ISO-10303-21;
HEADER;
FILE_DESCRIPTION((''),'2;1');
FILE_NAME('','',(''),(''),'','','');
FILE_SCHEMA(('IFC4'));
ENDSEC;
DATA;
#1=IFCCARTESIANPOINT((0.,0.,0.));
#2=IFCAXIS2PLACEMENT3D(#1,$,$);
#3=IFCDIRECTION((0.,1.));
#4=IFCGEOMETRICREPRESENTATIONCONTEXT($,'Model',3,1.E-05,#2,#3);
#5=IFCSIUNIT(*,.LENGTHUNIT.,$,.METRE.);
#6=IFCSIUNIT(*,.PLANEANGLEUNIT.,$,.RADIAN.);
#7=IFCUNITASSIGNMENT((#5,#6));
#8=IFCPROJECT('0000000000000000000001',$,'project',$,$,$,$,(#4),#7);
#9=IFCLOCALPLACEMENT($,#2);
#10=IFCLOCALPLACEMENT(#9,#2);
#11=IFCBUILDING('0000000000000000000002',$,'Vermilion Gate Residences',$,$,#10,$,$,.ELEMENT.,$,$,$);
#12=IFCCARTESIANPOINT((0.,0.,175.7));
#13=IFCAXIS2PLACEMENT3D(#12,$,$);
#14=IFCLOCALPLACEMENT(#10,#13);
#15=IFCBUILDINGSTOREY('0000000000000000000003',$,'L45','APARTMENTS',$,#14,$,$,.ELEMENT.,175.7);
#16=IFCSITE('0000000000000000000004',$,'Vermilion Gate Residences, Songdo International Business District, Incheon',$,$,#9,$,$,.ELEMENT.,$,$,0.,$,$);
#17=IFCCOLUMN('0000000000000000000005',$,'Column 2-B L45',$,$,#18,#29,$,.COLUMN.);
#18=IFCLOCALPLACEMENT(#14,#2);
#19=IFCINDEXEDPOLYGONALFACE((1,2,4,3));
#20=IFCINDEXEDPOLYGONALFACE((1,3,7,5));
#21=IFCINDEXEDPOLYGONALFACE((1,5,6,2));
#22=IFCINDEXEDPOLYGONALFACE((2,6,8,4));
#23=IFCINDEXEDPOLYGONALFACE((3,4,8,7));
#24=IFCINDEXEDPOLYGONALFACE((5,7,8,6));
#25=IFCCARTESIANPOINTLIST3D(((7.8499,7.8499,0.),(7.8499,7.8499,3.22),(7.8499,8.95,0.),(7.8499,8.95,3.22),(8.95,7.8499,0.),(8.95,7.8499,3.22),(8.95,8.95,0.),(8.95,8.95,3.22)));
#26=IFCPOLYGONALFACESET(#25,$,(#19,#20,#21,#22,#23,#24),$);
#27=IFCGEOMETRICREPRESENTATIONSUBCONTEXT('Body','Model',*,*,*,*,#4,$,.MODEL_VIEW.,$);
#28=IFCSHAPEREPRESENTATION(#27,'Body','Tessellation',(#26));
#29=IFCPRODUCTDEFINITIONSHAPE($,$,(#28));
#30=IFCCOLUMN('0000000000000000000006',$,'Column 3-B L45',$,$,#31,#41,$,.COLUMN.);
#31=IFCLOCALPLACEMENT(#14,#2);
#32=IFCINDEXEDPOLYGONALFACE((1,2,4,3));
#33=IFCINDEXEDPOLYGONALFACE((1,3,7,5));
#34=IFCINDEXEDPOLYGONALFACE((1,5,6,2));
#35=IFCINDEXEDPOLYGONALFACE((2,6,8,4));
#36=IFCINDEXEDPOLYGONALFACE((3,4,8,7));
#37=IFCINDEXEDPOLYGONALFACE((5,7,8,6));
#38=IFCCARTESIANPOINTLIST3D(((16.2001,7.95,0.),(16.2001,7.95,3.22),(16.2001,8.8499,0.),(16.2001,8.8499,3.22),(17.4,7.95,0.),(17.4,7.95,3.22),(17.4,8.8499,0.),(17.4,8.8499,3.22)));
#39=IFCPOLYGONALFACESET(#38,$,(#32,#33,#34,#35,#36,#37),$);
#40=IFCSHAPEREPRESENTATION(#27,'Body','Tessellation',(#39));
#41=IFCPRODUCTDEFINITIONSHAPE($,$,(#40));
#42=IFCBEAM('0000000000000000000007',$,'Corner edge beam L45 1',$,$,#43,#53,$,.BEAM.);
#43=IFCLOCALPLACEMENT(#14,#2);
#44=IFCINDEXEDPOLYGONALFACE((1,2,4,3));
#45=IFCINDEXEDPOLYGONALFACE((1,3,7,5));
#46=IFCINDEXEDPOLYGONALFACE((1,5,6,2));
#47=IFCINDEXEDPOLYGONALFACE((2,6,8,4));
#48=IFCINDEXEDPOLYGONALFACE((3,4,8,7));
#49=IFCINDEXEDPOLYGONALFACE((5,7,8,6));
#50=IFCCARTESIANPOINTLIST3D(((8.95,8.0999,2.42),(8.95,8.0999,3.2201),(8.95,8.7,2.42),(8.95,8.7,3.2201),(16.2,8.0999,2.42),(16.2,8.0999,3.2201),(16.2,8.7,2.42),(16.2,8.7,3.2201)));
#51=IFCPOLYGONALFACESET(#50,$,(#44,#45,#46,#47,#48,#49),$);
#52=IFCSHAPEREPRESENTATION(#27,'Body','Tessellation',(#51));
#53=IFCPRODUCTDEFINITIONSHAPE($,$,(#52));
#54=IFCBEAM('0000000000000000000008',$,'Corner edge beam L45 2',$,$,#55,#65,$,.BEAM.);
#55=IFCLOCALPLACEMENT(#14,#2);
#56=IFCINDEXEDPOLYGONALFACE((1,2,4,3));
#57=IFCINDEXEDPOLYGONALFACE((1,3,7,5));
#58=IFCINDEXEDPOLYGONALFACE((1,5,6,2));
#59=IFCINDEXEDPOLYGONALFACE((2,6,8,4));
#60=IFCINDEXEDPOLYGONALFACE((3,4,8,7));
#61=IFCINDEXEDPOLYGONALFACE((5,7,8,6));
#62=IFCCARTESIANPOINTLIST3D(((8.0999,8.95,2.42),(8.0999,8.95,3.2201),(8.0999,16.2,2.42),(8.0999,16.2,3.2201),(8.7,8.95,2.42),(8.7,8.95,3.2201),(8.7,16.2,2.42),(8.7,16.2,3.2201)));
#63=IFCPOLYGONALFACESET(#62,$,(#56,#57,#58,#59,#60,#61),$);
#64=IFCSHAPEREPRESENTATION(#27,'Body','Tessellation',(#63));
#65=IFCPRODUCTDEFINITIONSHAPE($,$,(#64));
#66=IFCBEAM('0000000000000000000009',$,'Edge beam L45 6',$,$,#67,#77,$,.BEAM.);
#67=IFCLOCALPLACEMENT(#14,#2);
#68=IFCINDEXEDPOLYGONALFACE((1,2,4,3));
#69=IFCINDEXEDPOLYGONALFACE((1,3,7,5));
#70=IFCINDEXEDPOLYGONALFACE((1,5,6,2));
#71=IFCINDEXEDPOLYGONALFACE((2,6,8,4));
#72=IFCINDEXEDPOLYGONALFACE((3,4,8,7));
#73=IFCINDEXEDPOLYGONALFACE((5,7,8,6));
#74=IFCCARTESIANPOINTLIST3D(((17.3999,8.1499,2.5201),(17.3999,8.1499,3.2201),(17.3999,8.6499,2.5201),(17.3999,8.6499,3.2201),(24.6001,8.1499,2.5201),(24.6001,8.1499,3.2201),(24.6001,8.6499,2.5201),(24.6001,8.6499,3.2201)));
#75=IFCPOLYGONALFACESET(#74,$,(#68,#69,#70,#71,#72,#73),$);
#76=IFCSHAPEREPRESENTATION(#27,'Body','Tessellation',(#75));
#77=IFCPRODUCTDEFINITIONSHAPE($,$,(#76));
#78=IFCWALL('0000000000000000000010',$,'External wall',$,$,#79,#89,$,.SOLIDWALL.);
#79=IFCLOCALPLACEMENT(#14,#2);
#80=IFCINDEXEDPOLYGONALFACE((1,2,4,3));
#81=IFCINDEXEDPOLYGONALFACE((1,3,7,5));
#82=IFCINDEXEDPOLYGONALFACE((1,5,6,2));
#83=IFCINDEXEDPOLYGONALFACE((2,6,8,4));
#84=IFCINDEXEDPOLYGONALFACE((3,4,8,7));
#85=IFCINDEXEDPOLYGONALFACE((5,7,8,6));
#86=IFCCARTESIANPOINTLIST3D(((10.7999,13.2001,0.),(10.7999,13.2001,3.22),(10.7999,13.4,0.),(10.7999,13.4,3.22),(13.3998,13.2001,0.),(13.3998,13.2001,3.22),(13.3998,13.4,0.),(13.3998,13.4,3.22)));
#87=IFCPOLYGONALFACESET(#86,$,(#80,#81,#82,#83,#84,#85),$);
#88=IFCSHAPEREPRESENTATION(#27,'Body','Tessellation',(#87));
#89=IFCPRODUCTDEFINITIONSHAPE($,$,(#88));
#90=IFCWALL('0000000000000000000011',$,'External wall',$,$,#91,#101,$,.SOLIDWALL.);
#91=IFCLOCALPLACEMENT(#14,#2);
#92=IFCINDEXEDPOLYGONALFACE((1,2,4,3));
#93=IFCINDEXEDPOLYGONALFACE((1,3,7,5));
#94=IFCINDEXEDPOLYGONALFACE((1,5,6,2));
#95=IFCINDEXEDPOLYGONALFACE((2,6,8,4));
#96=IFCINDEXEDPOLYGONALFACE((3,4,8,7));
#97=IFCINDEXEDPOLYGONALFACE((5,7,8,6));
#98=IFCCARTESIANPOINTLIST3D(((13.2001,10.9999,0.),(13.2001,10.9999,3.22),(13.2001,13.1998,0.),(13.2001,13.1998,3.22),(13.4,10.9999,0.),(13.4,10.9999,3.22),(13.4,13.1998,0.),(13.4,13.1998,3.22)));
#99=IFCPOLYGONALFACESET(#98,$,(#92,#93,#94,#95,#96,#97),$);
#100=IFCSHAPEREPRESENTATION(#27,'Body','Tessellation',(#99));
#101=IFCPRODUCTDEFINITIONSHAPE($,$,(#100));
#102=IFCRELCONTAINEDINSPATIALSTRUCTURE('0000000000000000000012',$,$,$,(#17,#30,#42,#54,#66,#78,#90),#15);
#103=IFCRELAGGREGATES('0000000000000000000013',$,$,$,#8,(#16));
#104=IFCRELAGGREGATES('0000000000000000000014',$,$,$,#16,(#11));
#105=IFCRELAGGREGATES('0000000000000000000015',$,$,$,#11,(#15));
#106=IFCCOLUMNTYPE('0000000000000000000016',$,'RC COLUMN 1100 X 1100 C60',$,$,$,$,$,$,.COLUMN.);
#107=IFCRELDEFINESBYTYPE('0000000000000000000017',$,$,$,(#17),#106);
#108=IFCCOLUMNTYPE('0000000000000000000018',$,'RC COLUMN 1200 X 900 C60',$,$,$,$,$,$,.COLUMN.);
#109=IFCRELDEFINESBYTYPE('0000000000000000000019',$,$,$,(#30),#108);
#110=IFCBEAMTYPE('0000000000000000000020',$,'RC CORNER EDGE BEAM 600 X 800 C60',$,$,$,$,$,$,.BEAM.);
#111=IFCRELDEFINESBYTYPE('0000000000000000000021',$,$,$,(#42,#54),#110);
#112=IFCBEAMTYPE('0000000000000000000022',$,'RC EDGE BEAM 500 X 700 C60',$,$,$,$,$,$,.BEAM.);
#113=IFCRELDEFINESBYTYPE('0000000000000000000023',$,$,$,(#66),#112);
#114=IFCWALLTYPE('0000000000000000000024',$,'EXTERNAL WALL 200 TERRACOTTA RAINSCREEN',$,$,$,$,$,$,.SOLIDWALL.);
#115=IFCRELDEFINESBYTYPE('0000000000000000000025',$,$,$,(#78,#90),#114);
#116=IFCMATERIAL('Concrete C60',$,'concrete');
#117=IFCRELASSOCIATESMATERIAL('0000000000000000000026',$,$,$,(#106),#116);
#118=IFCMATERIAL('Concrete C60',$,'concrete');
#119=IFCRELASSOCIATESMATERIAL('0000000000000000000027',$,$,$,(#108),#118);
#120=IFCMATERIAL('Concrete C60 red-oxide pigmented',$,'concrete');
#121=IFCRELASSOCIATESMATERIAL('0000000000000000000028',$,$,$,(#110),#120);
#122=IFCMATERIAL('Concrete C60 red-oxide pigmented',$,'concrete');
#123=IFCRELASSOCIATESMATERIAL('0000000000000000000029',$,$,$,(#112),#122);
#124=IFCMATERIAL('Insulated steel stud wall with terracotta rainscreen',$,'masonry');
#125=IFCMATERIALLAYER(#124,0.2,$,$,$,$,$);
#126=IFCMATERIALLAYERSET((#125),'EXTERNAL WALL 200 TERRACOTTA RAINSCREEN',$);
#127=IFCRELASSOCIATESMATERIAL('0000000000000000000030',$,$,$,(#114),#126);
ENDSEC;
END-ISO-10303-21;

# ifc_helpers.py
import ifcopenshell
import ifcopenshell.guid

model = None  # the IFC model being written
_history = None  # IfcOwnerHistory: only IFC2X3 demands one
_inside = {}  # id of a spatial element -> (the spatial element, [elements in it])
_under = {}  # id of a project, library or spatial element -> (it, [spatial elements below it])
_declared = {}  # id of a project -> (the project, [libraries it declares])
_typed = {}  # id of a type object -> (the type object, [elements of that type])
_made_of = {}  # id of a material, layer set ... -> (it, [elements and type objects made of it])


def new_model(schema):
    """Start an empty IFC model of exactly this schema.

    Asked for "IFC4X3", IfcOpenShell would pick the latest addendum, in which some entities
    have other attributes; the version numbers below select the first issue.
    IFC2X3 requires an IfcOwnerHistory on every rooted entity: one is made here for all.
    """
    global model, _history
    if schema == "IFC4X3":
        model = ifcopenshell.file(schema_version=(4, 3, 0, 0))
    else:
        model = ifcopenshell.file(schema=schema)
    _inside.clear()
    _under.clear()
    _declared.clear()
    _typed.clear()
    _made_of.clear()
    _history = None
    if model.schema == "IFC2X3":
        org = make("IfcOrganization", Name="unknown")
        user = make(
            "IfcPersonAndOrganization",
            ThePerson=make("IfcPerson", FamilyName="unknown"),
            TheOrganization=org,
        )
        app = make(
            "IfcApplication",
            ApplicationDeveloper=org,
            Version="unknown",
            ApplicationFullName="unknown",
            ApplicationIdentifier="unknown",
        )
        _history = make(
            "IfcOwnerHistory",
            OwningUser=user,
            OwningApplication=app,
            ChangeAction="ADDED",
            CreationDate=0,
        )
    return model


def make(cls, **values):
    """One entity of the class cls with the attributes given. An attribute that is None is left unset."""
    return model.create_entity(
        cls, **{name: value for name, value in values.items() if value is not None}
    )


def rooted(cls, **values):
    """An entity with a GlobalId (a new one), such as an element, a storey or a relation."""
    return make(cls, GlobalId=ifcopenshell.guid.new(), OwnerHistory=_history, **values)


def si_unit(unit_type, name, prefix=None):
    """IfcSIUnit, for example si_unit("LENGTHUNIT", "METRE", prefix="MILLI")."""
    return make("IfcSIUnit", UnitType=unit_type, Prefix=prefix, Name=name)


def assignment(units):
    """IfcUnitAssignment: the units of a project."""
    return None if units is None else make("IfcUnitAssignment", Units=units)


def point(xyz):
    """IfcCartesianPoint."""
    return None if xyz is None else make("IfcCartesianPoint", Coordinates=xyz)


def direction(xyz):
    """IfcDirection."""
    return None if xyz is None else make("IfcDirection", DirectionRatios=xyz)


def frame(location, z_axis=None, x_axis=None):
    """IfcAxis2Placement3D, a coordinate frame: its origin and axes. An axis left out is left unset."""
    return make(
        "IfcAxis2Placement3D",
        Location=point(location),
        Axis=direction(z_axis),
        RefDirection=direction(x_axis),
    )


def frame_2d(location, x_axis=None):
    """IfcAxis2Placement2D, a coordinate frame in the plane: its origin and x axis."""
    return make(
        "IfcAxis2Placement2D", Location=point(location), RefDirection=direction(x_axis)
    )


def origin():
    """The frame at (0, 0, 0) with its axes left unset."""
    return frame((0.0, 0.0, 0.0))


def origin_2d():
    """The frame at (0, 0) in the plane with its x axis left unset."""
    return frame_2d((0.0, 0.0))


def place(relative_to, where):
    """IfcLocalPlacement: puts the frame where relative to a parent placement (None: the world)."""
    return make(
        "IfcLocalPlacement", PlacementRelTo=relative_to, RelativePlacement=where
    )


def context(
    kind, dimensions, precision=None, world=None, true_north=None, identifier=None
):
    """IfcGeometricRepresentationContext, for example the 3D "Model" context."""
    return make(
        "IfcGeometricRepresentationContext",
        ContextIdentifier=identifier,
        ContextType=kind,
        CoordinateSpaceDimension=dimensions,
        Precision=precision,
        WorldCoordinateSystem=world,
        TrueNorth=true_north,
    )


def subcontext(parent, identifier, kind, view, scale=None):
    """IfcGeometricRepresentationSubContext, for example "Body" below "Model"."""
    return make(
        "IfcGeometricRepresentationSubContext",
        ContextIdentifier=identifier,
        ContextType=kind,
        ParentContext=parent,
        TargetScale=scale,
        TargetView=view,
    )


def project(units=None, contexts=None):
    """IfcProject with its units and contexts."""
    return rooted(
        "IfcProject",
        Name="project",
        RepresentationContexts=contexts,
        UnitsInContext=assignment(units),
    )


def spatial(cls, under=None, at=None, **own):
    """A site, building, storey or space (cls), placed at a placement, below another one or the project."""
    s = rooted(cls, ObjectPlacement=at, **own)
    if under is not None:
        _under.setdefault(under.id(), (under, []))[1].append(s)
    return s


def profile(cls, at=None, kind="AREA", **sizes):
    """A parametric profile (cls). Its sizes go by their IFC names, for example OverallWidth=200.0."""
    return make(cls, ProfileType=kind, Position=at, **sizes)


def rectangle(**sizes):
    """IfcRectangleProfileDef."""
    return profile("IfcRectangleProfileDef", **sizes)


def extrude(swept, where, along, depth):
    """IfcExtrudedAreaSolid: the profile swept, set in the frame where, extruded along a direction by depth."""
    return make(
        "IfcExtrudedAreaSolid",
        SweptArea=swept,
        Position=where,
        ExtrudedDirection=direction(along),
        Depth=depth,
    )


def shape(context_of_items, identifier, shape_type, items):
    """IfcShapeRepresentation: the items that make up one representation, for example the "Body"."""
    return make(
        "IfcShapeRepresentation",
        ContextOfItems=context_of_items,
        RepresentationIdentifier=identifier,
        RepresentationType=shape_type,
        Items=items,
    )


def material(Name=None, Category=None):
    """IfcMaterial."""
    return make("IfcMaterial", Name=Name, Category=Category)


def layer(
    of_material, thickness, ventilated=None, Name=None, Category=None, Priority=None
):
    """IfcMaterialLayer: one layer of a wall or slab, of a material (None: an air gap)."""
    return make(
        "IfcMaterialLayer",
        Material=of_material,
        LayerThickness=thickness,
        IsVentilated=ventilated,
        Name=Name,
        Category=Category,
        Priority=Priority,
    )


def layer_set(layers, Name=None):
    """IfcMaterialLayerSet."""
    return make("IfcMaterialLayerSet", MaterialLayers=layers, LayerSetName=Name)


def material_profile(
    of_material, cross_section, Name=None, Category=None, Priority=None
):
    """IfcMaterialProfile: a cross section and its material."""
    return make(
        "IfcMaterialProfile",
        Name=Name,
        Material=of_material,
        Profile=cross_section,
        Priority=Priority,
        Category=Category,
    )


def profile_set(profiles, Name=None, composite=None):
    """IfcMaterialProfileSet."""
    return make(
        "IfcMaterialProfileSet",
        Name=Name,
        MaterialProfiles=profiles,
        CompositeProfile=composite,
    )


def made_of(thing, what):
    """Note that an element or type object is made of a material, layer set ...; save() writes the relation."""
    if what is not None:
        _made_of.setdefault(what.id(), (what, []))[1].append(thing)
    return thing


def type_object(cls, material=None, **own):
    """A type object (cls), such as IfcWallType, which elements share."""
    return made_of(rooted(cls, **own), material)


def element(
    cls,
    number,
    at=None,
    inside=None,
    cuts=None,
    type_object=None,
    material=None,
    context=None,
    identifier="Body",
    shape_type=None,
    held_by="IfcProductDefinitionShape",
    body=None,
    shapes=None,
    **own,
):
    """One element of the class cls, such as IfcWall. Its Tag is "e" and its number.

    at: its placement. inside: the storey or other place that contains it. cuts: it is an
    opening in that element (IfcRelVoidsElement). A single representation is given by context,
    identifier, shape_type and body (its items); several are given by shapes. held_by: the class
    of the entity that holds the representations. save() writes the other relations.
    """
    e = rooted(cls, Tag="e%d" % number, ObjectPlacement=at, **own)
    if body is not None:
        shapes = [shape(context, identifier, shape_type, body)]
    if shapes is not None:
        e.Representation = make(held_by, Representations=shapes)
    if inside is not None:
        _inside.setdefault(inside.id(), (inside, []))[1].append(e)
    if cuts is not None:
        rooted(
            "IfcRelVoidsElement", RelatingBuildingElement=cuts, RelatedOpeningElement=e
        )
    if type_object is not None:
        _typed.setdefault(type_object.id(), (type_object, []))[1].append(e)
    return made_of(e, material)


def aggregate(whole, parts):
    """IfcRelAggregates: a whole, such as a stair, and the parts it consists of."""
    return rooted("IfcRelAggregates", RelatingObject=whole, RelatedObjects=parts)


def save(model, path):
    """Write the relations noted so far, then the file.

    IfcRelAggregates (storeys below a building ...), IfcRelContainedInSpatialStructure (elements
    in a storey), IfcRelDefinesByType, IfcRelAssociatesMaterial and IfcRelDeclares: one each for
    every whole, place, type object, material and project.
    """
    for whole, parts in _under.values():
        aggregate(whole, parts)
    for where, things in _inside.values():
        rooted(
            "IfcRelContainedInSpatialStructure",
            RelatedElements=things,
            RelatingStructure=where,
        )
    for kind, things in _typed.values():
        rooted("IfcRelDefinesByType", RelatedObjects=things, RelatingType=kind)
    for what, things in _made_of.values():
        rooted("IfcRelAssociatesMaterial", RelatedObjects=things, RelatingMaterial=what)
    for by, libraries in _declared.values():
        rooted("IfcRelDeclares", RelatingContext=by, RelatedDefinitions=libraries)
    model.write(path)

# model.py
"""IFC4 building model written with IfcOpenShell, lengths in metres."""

from ifc_helpers import new_model, si_unit, direction, frame, frame_2d, origin, origin_2d, place, context, subcontext, project, spatial, rectangle, extrude, material, layer, layer_set, material_profile, profile_set, type_object, element, save


model = new_model("IFC4")

# Units and contexts
model_context = context("Model", 3, precision=1e-05, world=origin(), true_north=direction((0.0, 1.0)))
body_context = subcontext(model_context, "Body", "Model", "MODEL_VIEW")
ifc_project = project(units=[si_unit("LENGTHUNIT", "METRE"), si_unit("PLANEANGLEUNIT", "RADIAN")], contexts=[model_context])

# Site, building, storey
site_placement = place(None, origin())
site = spatial("IfcSite", under=ifc_project, at=site_placement, Name="Vermilion Gate Residences, Songdo International Business District, Incheon", CompositionType="ELEMENT", RefElevation=0.0)
building_placement = place(site_placement, origin())
building = spatial("IfcBuilding", under=site, at=building_placement, Name="Vermilion Gate Residences", CompositionType="ELEMENT")
storey_placement = place(building_placement, frame((0.0, 0.0, 175.7)))
storey = spatial("IfcBuildingStorey", under=building, at=storey_placement, Name="L45", Description="APARTMENTS", CompositionType="ELEMENT", Elevation=175.7)

# Columns
ifc_material_1 = material(Name="Concrete C60", Category="concrete")
ifc_material_profile_1 = material_profile(ifc_material_1, rectangle(XDim=1.1001, YDim=1.1001, at=origin_2d()), Name="RC-1100x1100")
ifc_profile_set_1 = profile_set([ifc_material_profile_1], Name="Concrete C60")
column_type_1 = type_object("IfcColumnType", Name="RC COLUMN 1100 X 1100 C60", PredefinedType="COLUMN", material=ifc_profile_set_1)
column_1_placement = place(storey_placement, frame((8.3999, 8.3999, 0.0), z_axis=(0.0, 0.0, 1.0), x_axis=(1.0, 0.0, 0.0)))
element("IfcColumn", 1, at=column_1_placement, inside=storey, type_object=column_type_1, Name="Column 2-B L45", PredefinedType="COLUMN", context=body_context, shape_type="SweptSolid", body=[
    extrude(rectangle(XDim=1.1001, YDim=1.1001, at=origin_2d()), origin(), (0.0, 0.0, 1.0), 3.22),
])
ifc_material_2 = material(Name="Concrete C60", Category="concrete")
ifc_material_profile_2 = material_profile(ifc_material_2, rectangle(XDim=1.2, YDim=0.8999, at=origin_2d()), Name="RC-1200x900")
ifc_profile_set_2 = profile_set([ifc_material_profile_2], Name="Concrete C60")
column_type_2 = type_object("IfcColumnType", Name="RC COLUMN 1200 X 900 C60", PredefinedType="COLUMN", material=ifc_profile_set_2)
column_2_placement = place(storey_placement, frame((16.8, 8.3999, 0.0), z_axis=(0.0, 0.0, 1.0), x_axis=(1.0, 0.0, 0.0)))
element("IfcColumn", 2, at=column_2_placement, inside=storey, type_object=column_type_2, Name="Column 3-B L45", PredefinedType="COLUMN", context=body_context, shape_type="SweptSolid", body=[
    extrude(rectangle(XDim=1.2, YDim=0.8999, at=origin_2d()), origin(), (0.0, 0.0, 1.0), 3.22),
])

# Beams
ifc_material_3 = material(Name="Concrete C60 red-oxide pigmented", Category="concrete")
ifc_material_profile_3 = material_profile(ifc_material_3, rectangle(XDim=0.6001, YDim=0.8, at=origin_2d()), Name="RC-600x800")
ifc_profile_set_3 = profile_set([ifc_material_profile_3], Name="Concrete C60 red-oxide pigmented")
beam_type_1 = type_object("IfcBeamType", Name="RC CORNER EDGE BEAM 600 X 800 C60", PredefinedType="BEAM", material=ifc_profile_set_3)
for number, where, z_axis, x_axis, name in (
    (3, (8.95, 8.3999, 2.8201), (1.0, 0.0, 0.0), (0.0, 1.0, 0.0), "Corner edge beam L45 1"),
    (4, (8.3999, 8.95, 2.8201), (0.0, 1.0, 0.0), (-1.0, 0.0, 0.0), "Corner edge beam L45 2"),
):
    element("IfcBeam", number, at=place(storey_placement, frame(where, z_axis=z_axis, x_axis=x_axis)), inside=storey, type_object=beam_type_1, Name=name, PredefinedType="BEAM", context=body_context, shape_type="SweptSolid", body=[
        extrude(rectangle(XDim=0.6001, YDim=0.8, at=origin_2d()), origin(), (0.0, 0.0, 1.0), 7.25),
    ])
ifc_material_4 = material(Name="Concrete C60 red-oxide pigmented", Category="concrete")
ifc_material_profile_4 = material_profile(ifc_material_4, rectangle(XDim=0.5, YDim=0.7, at=origin_2d()), Name="RC-500x700")
ifc_profile_set_4 = profile_set([ifc_material_profile_4], Name="Concrete C60 red-oxide pigmented")
beam_type_2 = type_object("IfcBeamType", Name="RC EDGE BEAM 500 X 700 C60", PredefinedType="BEAM", material=ifc_profile_set_4)
beam_placement = place(storey_placement, frame((17.3999, 8.3999, 2.8701), z_axis=(1.0, 0.0, 0.0), x_axis=(0.0, 1.0, 0.0)))
element("IfcBeam", 5, at=beam_placement, inside=storey, type_object=beam_type_2, Name="Edge beam L45 6", PredefinedType="BEAM", context=body_context, shape_type="SweptSolid", body=[
    extrude(rectangle(XDim=0.5, YDim=0.7, at=origin_2d()), origin(), (0.0, 0.0, 1.0), 7.2002),
])

# Walls
ifc_material_5 = material(Name="Insulated steel stud wall with terracotta rainscreen", Category="masonry")
ifc_layer_1 = layer(ifc_material_5, 0.2)
ifc_layer_set_1 = layer_set([ifc_layer_1], Name="EXTERNAL WALL 200 TERRACOTTA RAINSCREEN")
wall_type_1 = type_object("IfcWallType", Name="EXTERNAL WALL 200 TERRACOTTA RAINSCREEN", PredefinedType="SOLIDWALL", material=ifc_layer_set_1)
wall_1_placement = place(storey_placement, frame((10.8, 13.3, 0.0), z_axis=(0.0, 0.0, 1.0), x_axis=(1.0, 0.0, 0.0)))
element("IfcWall", 6, at=wall_1_placement, inside=storey, type_object=wall_type_1, Name="External wall", PredefinedType="SOLIDWALL", context=body_context, shape_type="SweptSolid", body=[
    extrude(rectangle(XDim=2.5999, YDim=0.2, at=frame_2d((1.2998, 0.0))), origin(), (0.0, 0.0, 1.0), 3.22),
])
wall_2_placement = place(storey_placement, frame((13.3, 13.2, 0.0), z_axis=(0.0, 0.0, 1.0), x_axis=(0.0, -1.0, 0.0)))
element("IfcWall", 7, at=wall_2_placement, inside=storey, type_object=wall_type_1, Name="External wall", PredefinedType="SOLIDWALL", context=body_context, shape_type="SweptSolid", body=[
    extrude(rectangle(XDim=2.2, YDim=0.2, at=frame_2d((1.1001, 0.0))), origin(), (0.0, 0.0, 1.0), 3.22),
])

save(model, "model.ifc")
